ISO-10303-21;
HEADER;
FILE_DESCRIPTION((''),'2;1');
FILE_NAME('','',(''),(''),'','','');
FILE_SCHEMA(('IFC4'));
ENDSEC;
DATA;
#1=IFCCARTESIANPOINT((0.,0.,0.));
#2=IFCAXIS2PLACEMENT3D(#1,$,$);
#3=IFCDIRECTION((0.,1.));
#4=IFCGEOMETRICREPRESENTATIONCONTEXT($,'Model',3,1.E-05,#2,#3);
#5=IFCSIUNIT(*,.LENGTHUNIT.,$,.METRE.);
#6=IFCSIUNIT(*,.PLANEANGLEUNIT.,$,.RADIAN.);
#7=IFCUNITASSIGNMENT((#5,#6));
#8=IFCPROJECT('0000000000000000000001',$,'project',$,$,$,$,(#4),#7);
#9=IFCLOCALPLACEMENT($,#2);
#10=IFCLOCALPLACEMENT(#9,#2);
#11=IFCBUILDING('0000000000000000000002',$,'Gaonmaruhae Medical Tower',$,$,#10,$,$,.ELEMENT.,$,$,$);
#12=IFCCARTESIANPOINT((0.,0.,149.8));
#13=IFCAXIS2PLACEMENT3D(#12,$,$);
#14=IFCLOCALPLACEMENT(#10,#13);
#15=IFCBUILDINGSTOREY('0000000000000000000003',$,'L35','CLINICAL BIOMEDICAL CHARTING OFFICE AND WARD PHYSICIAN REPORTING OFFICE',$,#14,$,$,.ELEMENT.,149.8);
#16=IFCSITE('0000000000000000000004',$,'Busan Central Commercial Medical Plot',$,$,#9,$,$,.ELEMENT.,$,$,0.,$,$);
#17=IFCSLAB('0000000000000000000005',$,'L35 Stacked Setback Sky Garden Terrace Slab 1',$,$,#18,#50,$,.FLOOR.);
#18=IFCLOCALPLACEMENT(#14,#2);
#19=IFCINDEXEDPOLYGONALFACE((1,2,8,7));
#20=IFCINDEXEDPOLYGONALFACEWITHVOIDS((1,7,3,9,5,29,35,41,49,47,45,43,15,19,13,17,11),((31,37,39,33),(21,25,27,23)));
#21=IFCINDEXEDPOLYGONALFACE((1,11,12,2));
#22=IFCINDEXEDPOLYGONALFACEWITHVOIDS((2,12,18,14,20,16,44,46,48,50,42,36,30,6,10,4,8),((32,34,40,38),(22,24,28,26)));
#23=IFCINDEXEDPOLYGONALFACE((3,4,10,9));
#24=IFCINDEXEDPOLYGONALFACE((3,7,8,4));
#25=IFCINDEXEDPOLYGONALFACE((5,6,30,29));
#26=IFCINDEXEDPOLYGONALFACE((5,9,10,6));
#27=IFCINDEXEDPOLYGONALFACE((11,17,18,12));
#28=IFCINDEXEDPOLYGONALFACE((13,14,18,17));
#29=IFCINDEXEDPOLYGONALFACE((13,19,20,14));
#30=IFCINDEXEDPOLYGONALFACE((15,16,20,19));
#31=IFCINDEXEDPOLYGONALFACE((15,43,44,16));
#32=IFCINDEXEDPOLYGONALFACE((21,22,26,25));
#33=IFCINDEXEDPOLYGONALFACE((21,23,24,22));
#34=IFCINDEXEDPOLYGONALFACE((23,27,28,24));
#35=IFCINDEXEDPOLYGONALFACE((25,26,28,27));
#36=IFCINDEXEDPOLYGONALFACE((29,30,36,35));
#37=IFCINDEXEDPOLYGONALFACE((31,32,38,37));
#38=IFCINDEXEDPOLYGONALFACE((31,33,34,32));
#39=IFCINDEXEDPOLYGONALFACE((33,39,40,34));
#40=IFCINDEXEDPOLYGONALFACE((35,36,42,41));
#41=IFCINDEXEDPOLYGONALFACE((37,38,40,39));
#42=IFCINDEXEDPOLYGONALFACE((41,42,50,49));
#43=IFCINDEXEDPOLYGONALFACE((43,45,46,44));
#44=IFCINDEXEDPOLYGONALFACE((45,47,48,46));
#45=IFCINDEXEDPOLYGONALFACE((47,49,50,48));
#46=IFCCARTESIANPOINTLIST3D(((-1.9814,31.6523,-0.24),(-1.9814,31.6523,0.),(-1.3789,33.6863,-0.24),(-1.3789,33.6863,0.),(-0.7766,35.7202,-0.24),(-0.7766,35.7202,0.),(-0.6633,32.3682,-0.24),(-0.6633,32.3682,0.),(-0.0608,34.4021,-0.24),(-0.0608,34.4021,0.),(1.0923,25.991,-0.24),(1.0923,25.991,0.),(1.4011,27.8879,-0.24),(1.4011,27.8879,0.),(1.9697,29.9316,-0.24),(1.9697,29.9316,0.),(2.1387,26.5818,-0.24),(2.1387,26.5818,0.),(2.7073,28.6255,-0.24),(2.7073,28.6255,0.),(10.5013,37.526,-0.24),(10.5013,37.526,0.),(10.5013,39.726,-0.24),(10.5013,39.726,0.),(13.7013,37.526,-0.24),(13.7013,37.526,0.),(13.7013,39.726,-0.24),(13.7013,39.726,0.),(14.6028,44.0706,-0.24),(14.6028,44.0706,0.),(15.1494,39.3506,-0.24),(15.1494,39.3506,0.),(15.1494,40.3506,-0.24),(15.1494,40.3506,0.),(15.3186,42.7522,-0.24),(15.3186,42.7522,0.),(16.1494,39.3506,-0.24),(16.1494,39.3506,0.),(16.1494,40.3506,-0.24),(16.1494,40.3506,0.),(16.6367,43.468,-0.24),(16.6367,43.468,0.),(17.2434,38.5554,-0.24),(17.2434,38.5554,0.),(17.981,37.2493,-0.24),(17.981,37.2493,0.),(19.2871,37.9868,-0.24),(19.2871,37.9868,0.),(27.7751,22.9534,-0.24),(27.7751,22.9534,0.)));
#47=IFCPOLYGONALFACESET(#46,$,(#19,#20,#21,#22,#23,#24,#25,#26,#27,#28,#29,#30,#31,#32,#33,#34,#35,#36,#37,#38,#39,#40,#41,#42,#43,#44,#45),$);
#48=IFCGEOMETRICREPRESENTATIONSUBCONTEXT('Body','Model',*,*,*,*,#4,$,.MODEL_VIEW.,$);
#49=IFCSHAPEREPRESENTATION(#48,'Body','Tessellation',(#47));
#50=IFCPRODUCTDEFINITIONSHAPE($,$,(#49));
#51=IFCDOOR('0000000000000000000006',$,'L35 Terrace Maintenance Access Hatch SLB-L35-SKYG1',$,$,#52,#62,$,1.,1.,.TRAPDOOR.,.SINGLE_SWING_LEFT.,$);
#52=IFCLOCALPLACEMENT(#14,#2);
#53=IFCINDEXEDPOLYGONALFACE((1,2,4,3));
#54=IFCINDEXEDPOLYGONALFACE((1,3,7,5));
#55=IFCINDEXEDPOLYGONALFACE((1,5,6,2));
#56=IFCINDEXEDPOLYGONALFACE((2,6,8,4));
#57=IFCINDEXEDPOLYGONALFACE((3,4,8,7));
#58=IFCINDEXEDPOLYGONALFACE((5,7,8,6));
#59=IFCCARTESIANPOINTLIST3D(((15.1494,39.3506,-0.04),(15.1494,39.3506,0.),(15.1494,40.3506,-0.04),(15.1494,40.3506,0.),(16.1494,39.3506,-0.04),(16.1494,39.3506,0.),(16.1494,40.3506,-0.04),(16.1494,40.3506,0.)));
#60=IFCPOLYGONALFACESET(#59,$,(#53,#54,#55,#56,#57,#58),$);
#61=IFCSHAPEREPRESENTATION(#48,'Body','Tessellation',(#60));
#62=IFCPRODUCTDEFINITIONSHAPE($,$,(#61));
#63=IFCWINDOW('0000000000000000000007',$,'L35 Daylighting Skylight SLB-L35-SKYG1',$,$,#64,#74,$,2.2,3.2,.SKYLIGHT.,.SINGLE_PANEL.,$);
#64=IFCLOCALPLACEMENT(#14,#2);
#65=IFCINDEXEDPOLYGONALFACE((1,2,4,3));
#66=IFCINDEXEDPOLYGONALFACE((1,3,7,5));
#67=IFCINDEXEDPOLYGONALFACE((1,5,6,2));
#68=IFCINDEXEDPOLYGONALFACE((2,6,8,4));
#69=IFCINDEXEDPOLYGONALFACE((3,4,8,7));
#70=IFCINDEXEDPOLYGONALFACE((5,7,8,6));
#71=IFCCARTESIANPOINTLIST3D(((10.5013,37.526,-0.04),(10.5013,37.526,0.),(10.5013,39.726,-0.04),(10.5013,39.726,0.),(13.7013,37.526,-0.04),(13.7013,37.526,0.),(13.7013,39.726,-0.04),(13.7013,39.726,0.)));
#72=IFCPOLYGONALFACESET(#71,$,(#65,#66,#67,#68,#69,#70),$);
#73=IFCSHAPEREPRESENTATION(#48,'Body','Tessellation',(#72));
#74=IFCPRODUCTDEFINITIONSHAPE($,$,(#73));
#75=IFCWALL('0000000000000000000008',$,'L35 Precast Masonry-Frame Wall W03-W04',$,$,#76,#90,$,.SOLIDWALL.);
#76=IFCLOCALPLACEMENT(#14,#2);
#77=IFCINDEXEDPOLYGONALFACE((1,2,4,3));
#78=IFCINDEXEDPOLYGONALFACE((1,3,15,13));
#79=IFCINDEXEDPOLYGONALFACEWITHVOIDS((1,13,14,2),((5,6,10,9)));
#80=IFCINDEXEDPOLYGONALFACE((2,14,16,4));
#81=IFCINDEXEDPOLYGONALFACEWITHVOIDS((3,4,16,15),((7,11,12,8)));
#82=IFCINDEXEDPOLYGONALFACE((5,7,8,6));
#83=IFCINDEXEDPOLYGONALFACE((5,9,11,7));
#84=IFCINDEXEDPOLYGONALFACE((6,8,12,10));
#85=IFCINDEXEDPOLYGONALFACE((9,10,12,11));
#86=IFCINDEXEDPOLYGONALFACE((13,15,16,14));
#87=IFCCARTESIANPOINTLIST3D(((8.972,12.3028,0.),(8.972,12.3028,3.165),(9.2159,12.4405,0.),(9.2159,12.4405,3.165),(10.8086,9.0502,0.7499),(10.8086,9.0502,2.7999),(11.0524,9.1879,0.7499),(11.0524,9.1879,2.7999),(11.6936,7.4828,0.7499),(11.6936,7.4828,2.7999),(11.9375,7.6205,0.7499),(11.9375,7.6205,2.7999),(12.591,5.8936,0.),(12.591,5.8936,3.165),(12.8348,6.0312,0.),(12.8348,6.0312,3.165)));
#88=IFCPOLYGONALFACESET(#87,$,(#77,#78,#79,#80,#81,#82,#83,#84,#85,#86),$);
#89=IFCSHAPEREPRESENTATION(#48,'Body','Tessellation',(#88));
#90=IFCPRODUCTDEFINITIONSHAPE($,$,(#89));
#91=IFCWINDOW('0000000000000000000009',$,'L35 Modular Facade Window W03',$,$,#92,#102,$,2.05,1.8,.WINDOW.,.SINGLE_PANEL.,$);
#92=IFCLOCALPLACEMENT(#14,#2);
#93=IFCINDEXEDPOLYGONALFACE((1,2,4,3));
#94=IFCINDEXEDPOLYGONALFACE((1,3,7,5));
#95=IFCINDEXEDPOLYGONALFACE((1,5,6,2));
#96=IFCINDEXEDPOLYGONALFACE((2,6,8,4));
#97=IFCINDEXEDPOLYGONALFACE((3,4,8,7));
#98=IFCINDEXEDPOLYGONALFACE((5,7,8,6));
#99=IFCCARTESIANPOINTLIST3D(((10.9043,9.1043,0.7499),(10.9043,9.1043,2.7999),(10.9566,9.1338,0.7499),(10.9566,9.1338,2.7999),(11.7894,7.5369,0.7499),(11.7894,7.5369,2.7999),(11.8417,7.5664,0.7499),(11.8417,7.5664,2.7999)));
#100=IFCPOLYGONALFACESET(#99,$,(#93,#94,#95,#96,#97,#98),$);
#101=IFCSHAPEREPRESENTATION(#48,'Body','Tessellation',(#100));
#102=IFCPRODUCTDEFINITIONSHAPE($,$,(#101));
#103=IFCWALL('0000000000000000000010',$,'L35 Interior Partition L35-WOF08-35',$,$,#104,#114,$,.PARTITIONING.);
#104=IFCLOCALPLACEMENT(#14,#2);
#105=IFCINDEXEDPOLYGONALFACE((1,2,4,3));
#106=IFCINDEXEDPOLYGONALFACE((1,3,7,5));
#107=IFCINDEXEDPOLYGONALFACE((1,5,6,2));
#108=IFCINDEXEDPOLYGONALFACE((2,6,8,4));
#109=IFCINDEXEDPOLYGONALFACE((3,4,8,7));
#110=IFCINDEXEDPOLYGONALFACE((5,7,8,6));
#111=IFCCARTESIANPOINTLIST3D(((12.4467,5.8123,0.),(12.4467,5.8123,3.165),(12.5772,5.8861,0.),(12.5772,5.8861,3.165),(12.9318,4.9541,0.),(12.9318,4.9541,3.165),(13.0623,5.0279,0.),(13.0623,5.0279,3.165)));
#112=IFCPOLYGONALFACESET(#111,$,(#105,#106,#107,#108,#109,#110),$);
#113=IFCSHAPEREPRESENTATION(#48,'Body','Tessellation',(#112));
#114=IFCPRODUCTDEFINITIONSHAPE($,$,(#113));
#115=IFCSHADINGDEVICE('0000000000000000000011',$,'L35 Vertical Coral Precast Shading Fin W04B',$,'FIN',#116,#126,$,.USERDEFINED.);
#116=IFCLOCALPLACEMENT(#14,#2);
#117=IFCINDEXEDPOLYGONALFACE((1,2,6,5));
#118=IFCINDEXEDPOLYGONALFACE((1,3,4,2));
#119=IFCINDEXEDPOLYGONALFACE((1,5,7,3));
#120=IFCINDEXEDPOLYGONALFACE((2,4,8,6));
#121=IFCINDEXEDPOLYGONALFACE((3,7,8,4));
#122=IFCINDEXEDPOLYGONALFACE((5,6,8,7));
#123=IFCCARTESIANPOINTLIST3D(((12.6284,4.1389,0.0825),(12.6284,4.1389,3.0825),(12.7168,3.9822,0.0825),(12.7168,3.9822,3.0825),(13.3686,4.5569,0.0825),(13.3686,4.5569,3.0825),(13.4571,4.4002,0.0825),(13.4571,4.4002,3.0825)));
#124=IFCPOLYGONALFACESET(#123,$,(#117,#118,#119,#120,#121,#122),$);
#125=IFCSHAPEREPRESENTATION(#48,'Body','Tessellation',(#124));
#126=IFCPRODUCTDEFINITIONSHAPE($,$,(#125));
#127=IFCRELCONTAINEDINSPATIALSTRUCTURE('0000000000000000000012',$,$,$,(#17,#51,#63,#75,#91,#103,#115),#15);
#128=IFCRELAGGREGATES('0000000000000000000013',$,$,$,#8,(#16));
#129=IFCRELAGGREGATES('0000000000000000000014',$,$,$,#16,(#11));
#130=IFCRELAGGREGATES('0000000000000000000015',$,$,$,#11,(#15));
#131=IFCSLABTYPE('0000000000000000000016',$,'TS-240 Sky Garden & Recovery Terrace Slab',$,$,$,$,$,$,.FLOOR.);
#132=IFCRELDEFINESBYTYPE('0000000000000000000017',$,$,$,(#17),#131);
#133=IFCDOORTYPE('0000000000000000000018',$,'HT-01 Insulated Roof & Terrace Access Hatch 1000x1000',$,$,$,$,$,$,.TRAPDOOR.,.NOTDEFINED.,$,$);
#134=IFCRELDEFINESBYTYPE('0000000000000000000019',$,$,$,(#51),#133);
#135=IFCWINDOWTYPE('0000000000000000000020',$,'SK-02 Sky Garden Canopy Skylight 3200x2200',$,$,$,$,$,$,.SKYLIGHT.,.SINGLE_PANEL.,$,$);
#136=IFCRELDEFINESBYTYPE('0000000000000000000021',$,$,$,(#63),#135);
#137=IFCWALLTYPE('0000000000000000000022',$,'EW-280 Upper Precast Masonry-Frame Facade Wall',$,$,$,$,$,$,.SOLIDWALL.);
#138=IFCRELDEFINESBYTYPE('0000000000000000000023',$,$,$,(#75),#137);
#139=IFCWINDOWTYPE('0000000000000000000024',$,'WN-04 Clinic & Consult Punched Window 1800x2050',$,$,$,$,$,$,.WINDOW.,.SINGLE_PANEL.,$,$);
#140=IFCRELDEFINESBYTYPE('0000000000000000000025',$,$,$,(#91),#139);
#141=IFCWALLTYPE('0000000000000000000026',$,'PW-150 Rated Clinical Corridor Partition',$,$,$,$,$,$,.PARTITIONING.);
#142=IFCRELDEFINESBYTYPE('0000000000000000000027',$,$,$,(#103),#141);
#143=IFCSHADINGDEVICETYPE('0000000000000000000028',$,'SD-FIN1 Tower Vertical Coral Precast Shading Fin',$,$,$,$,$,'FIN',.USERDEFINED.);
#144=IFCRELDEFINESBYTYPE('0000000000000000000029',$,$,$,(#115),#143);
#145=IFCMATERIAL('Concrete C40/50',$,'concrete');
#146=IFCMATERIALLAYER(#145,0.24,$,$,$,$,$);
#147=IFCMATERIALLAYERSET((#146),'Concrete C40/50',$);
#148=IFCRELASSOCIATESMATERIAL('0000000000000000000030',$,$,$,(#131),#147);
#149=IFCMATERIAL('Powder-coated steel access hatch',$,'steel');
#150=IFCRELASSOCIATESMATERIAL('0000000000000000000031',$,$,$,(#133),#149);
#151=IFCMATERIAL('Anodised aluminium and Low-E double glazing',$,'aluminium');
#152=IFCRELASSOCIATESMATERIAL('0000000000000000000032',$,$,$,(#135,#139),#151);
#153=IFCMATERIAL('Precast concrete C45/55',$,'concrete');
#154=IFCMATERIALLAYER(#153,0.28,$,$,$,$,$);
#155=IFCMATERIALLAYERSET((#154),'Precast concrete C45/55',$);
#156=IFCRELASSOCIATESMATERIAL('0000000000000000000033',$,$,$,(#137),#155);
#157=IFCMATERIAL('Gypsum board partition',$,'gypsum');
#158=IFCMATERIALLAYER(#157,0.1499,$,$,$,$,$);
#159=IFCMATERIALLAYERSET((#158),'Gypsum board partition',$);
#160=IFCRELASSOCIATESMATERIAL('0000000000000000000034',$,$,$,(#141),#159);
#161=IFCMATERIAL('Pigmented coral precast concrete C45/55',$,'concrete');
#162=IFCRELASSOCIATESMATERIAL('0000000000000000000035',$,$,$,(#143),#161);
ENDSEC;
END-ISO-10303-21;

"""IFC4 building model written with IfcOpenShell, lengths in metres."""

from ifc_helpers import new_model, si_unit, direction, frame, frame_2d, origin, origin_2d, place, context, subcontext, project, spatial, polyline, rectangle, outline, extrude, material, layer, layer_set, type_object, element, fill, save


model = new_model("IFC4")

# Units and contexts
model_context = context("Model", 3, precision=1e-05, world=origin(), true_north=direction((0.0, 1.0)))
body_context = subcontext(model_context, "Body", "Model", "MODEL_VIEW")
ifc_project = project(units=[si_unit("LENGTHUNIT", "METRE"), si_unit("PLANEANGLEUNIT", "RADIAN")], contexts=[model_context])

# Site, building, storey
site_placement = place(None, origin())
site = spatial("IfcSite", under=ifc_project, at=site_placement, Name="Busan Central Commercial Medical Plot", CompositionType="ELEMENT", RefElevation=0.0)
building_placement = place(site_placement, origin())
building = spatial("IfcBuilding", under=site, at=building_placement, Name="Gaonmaruhae Medical Tower", CompositionType="ELEMENT")
storey_placement = place(building_placement, frame((0.0, 0.0, 149.8)))
storey = spatial("IfcBuildingStorey", under=building, at=storey_placement, Name="L35", Description="CLINICAL BIOMEDICAL CHARTING OFFICE AND WARD PHYSICIAN REPORTING OFFICE", CompositionType="ELEMENT", Elevation=149.8)

# Shared definitions
ifc_material_1 = material(Name="Concrete C40/50", Category="concrete")

# Shared definitions
ifc_layer_1 = layer(ifc_material_1, 0.24)
ifc_layer_set_1 = layer_set([ifc_layer_1], Name="Concrete C40/50")
slab_type_1 = type_object("IfcSlabType", Name="TS-240 Sky Garden & Recovery Terrace Slab", PredefinedType="FLOOR", material=ifc_layer_set_1)

# Slab, openings, door, window
slab_1_placement = place(storey_placement, frame((0.0, 0.0, -0.24)))
slab_1 = element("IfcSlab", 1, at=slab_1_placement, inside=storey, type_object=slab_type_1, Name="L35 Stacked Setback Sky Garden Terrace Slab 1", PredefinedType="FLOOR", context=body_context, shape_type="SweptSolid", body=[
    extrude(outline(polyline([(-0.6633, 32.3682), (-1.3789, 33.6863), (-0.0608, 34.4021), (-0.7766, 35.7202), (14.6028, 44.0706), (15.3186, 42.7522), (16.6367, 43.468), (27.7751, 22.9534), (19.2871, 37.9868), (17.981, 37.2493), (17.2434, 38.5554), (1.9697, 29.9316), (2.7073, 28.6255), (1.4011, 27.8879), (2.1387, 26.5818), (1.0923, 25.991), (-1.9814, 31.6523), (-0.6633, 32.3682)])), origin(), (0.0, 0.0, 1.0), 0.24),
])
opening_1_placement = place(slab_1_placement, frame((12.1013, 38.626, 0.0)))
opening_1 = element("IfcOpeningElement", 2, at=opening_1_placement, cuts=slab_1, PredefinedType="OPENING", context=body_context, shape_type="SweptSolid", body=[
    extrude(rectangle(XDim=3.2, YDim=2.2, at=origin_2d()), frame((0.0, 0.0, -0.01)), (0.0, 0.0, 1.0), 0.26),
])
opening_2_placement = place(slab_1_placement, frame((15.6494, 39.8506, 0.0)))
opening_2 = element("IfcOpeningElement", 3, at=opening_2_placement, cuts=slab_1, PredefinedType="OPENING", context=body_context, shape_type="SweptSolid", body=[
    extrude(rectangle(XDim=1.0, YDim=1.0, at=origin_2d()), frame((0.0, 0.0, -0.01)), (0.0, 0.0, 1.0), 0.26),
])
ifc_material_2 = material(Name="Powder-coated steel access hatch", Category="steel")
door_type = type_object("IfcDoorType", Name="HT-01 Insulated Roof & Terrace Access Hatch 1000x1000", OperationType="NOTDEFINED", PredefinedType="TRAPDOOR", material=ifc_material_2)
door_placement = place(opening_2_placement, frame((0.0, 0.0, 0.2)))
door = element("IfcDoor", 4, at=door_placement, inside=storey, type_object=door_type, Name="L35 Terrace Maintenance Access Hatch SLB-L35-SKYG1", OperationType="SINGLE_SWING_LEFT", OverallHeight=1.0, OverallWidth=1.0, PredefinedType="TRAPDOOR", context=body_context, shape_type="SweptSolid", body=[
    extrude(rectangle(XDim=1.0, YDim=1.0, at=origin_2d()), origin(), (0.0, 0.0, 1.0), 0.04),
])
fill(opening_2, door)
ifc_material_3 = material(Name="Anodised aluminium and Low-E double glazing", Category="aluminium")
window_type_1 = type_object("IfcWindowType", Name="SK-02 Sky Garden Canopy Skylight 3200x2200", PartitioningType="SINGLE_PANEL", PredefinedType="SKYLIGHT", material=ifc_material_3)
window_1_placement = place(opening_1_placement, frame((0.0, 0.0, 0.2)))
window_1 = element("IfcWindow", 5, at=window_1_placement, inside=storey, type_object=window_type_1, Name="L35 Daylighting Skylight SLB-L35-SKYG1", OverallHeight=2.2, OverallWidth=3.2, PartitioningType="SINGLE_PANEL", PredefinedType="SKYLIGHT", context=body_context, shape_type="SweptSolid", body=[
    extrude(rectangle(XDim=3.2, YDim=2.2, at=origin_2d()), origin(), (0.0, 0.0, 1.0), 0.04),
])
fill(opening_1, window_1)

# Wall, opening, window
ifc_material_4 = material(Name="Precast concrete C45/55", Category="concrete")
ifc_layer_2 = layer(ifc_material_4, 0.28)
ifc_layer_set_2 = layer_set([ifc_layer_2], Name="Precast concrete C45/55")
wall_type_1 = type_object("IfcWallType", Name="EW-280 Upper Precast Masonry-Frame Facade Wall", PredefinedType="SOLIDWALL", material=ifc_layer_set_2)
wall_1_placement = place(storey_placement, frame((12.7129, 5.9624, 0.0), z_axis=(0.0, 0.0, 1.0), x_axis=(-0.491678, 0.870777, 0.0)))
wall_1 = element("IfcWall", 6, at=wall_1_placement, inside=storey, type_object=wall_type_1, Name="L35 Precast Masonry-Frame Wall W03-W04", PredefinedType="SOLIDWALL", context=body_context, shape_type="SweptSolid", body=[
    extrude(rectangle(XDim=7.3604, YDim=0.28, at=frame_2d((3.6802, 0.0))), origin(), (0.0, 0.0, 1.0), 3.165),
])
opening_3_placement = place(wall_1_placement, frame((1.8252, 0.0, 0.75)))
opening_3 = element("IfcOpeningElement", 7, at=opening_3_placement, cuts=wall_1, PredefinedType="OPENING", context=body_context, shape_type="SweptSolid", body=[
    extrude(rectangle(XDim=1.8, YDim=2.05, at=frame_2d((0.8999, 1.0249))), frame((0.0, 0.1499, 0.0), z_axis=(0.0, -1.0, 0.0), x_axis=(1.0, 0.0, 0.0)), (0.0, 0.0, 1.0), 0.3),
])
window_type_2 = type_object("IfcWindowType", Name="WN-04 Clinic & Consult Punched Window 1800x2050", PartitioningType="SINGLE_PANEL", PredefinedType="WINDOW", material=ifc_material_3)
window_2_placement = place(opening_3_placement, origin())
window_2 = element("IfcWindow", 8, at=window_2_placement, inside=storey, type_object=window_type_2, Name="L35 Modular Facade Window W03", OverallHeight=2.05, OverallWidth=1.8, PartitioningType="SINGLE_PANEL", PredefinedType="WINDOW", context=body_context, shape_type="SweptSolid", body=[
    extrude(rectangle(XDim=1.8, YDim=2.05, at=frame_2d((0.8999, 1.0249))), frame((0.0, 0.03, 0.0), z_axis=(0.0, -1.0, 0.0), x_axis=(1.0, 0.0, 0.0)), (0.0, 0.0, 1.0), 0.0601),
])
fill(opening_3, window_2)

# Wall
ifc_material_5 = material(Name="Gypsum board partition", Category="gypsum")
ifc_layer_3 = layer(ifc_material_5, 0.1499)
ifc_layer_set_3 = layer_set([ifc_layer_3], Name="Gypsum board partition")
wall_type_2 = type_object("IfcWallType", Name="PW-150 Rated Clinical Corridor Partition", PredefinedType="PARTITIONING", material=ifc_layer_set_3)
wall_2_placement = place(storey_placement, frame((12.9971, 4.991, 0.0), z_axis=(0.0, 0.0, 1.0), x_axis=(-0.492106, 0.870535, 0.0)))
element("IfcWall", 9, at=wall_2_placement, inside=storey, type_object=wall_type_2, Name="L35 Interior Partition L35-WOF08-35", PredefinedType="PARTITIONING", context=body_context, shape_type="SweptSolid", body=[
    extrude(rectangle(XDim=0.9858, YDim=0.1499, at=frame_2d((0.4929, 0.0))), origin(), (0.0, 0.0, 1.0), 3.165),
])

# Shading device
ifc_material_6 = material(Name="Pigmented coral precast concrete C45/55", Category="concrete")
shading_device_type = type_object("IfcShadingDeviceType", Name="SD-FIN1 Tower Vertical Coral Precast Shading Fin", ElementType="FIN", PredefinedType="USERDEFINED", material=ifc_material_6)
shading_device_placement = place(storey_placement, frame((13.0427, 4.2695, 0.0825), z_axis=(0.0, 0.0, 1.0), x_axis=(-0.491664, 0.870785, 0.0)))
element("IfcShadingDevice", 10, at=shading_device_placement, inside=storey, type_object=shading_device_type, Name="L35 Vertical Coral Precast Shading Fin W04B", ObjectType="FIN", PredefinedType="USERDEFINED", context=body_context, shape_type="SweptSolid", body=[
    extrude(rectangle(XDim=0.1799, YDim=0.8501, at=origin_2d()), origin(), (0.0, 0.0, 1.0), 3.0),
])

save(model, "model.ifc")
